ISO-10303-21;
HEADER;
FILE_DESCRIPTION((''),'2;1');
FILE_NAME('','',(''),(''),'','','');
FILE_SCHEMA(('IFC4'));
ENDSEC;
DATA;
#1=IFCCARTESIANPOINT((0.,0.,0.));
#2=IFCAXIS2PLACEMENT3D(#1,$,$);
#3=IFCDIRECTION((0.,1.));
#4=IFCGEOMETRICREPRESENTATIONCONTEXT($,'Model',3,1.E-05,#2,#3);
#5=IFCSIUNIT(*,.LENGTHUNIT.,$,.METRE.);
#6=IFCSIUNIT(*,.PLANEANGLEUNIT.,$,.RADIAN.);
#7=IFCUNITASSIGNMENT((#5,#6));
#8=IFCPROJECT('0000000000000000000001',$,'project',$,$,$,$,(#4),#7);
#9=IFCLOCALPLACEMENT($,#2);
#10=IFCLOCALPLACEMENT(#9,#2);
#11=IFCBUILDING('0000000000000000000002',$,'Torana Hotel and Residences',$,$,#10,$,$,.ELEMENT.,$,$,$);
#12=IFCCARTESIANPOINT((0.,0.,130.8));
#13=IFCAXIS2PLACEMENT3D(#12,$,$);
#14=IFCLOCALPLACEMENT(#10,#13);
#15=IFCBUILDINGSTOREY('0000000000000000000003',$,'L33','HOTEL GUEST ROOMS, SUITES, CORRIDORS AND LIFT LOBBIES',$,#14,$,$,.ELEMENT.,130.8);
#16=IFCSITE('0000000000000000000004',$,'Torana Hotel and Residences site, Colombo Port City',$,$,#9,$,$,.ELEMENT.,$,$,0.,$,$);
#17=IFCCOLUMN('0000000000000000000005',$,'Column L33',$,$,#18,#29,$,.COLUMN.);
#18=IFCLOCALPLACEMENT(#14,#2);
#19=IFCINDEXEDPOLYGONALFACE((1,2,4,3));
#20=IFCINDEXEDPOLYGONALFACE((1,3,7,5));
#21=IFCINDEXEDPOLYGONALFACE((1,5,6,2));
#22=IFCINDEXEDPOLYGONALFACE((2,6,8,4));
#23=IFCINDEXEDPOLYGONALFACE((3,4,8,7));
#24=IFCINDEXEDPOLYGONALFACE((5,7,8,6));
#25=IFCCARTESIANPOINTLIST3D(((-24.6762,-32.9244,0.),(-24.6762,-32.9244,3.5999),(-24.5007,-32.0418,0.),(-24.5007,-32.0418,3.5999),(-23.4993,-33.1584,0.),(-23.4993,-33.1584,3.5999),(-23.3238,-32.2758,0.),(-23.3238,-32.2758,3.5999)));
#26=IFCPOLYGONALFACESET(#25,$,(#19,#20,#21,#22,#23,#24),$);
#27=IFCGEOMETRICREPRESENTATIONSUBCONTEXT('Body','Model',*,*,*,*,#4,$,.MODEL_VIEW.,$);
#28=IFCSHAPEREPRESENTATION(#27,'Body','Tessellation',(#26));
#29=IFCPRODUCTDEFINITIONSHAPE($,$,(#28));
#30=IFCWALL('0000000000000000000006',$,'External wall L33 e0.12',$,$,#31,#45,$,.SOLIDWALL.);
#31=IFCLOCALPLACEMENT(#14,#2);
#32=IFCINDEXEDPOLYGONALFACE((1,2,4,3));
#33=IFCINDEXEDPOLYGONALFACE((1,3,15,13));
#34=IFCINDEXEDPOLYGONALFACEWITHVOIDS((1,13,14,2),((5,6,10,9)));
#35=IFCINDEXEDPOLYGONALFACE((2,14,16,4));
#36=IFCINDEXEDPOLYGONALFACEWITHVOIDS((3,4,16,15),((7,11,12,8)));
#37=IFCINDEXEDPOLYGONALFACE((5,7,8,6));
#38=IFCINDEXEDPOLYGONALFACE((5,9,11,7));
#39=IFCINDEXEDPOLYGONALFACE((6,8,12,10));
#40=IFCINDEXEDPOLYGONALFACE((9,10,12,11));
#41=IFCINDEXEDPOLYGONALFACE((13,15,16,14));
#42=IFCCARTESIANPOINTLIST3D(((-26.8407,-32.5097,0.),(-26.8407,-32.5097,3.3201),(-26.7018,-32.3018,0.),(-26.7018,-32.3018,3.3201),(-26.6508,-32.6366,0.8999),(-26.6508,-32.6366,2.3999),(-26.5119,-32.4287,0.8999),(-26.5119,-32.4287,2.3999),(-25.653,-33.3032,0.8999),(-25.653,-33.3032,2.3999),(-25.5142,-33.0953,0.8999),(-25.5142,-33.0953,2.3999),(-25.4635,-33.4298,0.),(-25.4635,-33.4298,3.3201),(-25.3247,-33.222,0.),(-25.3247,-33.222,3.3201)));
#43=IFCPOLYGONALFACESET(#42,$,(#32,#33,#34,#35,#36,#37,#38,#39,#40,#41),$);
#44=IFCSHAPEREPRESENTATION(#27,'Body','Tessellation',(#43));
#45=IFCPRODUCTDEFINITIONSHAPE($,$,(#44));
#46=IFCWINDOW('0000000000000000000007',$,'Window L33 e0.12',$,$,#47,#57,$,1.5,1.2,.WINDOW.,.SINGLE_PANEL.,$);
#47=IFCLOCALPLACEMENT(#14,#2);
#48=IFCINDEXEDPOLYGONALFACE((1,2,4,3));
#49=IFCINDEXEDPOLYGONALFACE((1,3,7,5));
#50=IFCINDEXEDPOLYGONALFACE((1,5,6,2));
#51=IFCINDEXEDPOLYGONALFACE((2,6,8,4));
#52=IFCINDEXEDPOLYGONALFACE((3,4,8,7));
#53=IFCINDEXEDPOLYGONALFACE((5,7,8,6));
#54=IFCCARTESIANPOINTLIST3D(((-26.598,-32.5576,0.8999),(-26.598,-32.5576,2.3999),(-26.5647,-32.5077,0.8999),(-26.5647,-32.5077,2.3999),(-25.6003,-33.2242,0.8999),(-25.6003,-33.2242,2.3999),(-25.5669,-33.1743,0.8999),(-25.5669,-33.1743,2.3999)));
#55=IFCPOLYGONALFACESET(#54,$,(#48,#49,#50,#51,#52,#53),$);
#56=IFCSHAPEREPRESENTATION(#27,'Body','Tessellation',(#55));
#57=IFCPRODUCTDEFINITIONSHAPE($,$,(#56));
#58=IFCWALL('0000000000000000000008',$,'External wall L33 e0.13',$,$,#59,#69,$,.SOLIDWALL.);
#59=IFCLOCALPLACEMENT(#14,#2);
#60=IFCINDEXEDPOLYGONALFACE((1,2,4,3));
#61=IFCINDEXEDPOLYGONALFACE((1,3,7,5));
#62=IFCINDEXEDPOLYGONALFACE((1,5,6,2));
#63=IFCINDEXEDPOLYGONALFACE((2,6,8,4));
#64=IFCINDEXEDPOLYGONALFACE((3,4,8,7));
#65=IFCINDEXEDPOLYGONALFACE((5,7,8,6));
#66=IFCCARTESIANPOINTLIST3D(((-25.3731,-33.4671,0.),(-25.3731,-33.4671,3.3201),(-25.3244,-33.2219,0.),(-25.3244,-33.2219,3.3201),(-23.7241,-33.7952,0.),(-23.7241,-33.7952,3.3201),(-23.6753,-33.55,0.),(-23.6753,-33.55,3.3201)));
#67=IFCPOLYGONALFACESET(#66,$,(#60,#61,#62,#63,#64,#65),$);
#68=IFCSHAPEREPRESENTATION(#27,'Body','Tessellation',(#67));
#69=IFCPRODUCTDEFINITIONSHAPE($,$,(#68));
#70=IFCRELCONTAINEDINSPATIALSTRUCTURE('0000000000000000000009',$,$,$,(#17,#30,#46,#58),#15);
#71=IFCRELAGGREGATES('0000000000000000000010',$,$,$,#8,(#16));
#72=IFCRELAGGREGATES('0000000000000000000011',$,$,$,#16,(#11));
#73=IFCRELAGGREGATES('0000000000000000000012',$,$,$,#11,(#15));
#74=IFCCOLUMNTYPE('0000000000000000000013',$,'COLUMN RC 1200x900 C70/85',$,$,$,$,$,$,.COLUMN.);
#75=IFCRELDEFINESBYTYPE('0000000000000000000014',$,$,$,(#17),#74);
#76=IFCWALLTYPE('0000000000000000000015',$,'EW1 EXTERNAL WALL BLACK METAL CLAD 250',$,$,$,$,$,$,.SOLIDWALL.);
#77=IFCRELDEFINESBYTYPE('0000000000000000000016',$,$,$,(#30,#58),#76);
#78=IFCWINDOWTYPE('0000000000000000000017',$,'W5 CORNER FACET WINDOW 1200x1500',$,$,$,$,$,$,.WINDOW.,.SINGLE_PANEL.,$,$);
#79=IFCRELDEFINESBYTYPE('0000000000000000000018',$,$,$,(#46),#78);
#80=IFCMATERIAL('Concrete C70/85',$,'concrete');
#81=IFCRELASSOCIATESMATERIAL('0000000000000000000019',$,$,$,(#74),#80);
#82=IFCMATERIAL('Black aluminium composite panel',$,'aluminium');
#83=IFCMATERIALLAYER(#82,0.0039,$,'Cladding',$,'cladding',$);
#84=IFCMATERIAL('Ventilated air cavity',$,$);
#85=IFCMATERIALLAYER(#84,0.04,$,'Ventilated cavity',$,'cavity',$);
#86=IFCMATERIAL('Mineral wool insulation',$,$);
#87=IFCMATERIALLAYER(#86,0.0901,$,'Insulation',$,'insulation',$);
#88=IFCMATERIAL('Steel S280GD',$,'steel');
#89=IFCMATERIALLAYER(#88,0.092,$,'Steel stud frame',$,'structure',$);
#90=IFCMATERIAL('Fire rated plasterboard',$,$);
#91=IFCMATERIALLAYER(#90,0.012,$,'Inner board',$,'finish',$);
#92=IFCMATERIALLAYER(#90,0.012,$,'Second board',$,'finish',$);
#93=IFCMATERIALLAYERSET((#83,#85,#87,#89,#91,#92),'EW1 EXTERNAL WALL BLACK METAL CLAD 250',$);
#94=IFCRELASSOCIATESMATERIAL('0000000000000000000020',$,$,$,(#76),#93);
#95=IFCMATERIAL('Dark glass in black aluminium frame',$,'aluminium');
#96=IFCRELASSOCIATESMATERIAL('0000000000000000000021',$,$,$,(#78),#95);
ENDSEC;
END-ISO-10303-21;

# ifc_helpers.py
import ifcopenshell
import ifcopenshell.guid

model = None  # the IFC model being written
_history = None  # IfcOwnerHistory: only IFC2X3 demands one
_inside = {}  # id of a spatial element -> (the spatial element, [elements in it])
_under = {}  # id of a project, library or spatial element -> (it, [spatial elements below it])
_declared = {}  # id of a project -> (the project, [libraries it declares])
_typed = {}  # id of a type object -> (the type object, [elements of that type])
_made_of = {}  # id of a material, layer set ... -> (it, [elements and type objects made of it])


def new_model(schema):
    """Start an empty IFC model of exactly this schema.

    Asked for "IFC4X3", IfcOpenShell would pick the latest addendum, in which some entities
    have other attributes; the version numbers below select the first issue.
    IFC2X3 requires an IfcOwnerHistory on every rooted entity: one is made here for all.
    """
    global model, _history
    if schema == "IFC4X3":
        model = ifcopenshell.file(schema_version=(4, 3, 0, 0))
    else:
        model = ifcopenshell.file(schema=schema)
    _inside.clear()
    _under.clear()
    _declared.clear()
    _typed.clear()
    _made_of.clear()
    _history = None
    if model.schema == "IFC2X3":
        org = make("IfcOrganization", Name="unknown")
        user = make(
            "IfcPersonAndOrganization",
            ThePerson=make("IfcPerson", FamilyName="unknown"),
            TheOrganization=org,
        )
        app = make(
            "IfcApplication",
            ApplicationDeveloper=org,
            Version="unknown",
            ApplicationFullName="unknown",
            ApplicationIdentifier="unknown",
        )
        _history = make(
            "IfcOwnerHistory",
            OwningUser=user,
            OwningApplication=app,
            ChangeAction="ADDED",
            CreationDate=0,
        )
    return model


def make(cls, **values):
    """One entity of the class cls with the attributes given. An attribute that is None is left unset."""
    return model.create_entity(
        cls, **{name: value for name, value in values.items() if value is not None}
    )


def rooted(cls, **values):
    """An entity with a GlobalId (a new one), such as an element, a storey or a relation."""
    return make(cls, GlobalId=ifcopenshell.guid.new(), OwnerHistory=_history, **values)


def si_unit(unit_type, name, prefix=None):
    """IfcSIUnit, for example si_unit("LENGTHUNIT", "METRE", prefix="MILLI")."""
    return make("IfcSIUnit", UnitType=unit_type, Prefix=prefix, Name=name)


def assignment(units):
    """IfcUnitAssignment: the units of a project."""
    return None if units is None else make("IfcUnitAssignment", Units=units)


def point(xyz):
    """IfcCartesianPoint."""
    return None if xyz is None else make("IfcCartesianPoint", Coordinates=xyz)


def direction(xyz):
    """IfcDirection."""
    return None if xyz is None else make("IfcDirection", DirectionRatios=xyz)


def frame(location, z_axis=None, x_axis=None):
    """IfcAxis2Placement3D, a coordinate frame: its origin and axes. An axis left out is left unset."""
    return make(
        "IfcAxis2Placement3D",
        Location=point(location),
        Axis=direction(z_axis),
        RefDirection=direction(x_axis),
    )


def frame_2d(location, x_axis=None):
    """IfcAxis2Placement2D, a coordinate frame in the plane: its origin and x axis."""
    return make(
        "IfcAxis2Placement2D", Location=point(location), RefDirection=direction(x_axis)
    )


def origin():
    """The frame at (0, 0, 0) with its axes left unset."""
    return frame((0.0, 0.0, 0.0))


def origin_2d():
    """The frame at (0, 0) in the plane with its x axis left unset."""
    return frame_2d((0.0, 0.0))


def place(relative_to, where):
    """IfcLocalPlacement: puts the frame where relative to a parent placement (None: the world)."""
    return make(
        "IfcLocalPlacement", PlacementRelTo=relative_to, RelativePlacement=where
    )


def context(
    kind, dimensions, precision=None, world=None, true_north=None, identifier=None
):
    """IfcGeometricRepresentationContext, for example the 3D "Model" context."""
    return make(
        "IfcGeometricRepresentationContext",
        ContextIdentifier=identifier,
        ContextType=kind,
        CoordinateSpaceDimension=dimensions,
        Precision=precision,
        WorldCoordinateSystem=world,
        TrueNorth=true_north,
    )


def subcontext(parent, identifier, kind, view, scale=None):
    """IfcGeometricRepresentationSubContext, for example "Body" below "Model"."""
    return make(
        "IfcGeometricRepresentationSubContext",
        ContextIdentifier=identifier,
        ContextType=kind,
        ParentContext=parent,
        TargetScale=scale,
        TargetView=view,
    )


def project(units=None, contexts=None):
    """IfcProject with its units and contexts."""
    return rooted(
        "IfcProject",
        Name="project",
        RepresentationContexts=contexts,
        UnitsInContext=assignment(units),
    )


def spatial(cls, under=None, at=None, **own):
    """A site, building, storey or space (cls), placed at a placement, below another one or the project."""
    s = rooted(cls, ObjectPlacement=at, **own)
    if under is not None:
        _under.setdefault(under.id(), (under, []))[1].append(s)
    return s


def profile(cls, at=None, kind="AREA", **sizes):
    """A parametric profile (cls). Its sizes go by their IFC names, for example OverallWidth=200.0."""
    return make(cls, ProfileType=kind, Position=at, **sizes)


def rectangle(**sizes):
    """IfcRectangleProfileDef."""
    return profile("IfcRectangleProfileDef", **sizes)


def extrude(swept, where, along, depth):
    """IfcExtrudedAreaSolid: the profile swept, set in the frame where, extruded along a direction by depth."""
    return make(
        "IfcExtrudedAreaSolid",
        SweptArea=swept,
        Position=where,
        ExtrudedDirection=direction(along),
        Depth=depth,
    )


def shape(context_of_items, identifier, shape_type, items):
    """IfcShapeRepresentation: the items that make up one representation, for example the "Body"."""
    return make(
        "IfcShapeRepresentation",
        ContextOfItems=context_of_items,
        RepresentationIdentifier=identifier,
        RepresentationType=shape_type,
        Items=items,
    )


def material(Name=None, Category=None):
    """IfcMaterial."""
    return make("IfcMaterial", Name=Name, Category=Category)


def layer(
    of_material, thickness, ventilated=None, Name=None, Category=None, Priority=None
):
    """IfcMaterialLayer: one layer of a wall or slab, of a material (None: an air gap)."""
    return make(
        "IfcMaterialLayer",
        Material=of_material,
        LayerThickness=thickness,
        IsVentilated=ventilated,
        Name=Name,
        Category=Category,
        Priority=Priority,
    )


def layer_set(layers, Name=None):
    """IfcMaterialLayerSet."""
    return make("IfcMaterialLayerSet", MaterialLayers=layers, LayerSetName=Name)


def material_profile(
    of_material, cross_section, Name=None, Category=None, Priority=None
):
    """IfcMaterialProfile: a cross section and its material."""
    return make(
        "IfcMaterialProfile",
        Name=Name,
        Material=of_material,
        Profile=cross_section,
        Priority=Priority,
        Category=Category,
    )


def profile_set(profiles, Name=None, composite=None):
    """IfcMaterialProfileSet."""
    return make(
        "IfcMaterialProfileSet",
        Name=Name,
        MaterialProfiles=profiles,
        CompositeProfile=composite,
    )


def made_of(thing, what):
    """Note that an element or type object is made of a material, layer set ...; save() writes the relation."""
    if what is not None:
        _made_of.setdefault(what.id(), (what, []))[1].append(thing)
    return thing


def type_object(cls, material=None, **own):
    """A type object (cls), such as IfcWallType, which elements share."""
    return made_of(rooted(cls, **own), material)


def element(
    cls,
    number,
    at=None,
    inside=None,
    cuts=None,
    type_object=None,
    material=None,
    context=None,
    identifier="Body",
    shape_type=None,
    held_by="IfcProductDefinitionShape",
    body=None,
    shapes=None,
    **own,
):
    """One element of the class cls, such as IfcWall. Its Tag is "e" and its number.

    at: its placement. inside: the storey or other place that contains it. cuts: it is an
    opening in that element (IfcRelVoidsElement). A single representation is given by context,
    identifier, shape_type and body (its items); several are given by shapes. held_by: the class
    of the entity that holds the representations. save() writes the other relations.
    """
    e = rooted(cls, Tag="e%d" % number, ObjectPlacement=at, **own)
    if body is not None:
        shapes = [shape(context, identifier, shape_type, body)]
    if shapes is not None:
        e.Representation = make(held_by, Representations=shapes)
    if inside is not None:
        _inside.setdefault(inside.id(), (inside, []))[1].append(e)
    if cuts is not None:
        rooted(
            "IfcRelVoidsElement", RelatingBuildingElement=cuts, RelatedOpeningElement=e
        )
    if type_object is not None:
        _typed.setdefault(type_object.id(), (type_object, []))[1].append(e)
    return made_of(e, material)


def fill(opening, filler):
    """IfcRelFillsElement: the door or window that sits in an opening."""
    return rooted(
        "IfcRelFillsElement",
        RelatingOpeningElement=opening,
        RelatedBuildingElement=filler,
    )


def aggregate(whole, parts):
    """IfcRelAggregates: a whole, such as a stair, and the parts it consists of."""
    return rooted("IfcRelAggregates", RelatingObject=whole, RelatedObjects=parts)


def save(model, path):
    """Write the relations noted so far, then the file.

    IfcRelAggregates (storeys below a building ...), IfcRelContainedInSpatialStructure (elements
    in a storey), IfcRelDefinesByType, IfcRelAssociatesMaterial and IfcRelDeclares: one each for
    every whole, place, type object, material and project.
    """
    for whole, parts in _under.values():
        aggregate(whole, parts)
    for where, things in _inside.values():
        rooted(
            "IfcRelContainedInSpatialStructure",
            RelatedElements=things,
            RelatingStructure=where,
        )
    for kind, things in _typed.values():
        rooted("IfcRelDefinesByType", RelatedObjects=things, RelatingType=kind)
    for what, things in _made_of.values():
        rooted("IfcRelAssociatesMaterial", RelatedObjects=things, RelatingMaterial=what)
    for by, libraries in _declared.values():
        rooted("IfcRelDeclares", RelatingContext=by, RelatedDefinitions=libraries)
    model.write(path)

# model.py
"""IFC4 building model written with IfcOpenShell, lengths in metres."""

from ifc_helpers import new_model, si_unit, direction, frame, frame_2d, origin, origin_2d, place, context, subcontext, project, spatial, rectangle, extrude, material, layer, layer_set, material_profile, profile_set, type_object, element, fill, save


model = new_model("IFC4")

# Units and contexts
model_context = context("Model", 3, precision=1e-05, world=origin(), true_north=direction((0.0, 1.0)))
body_context = subcontext(model_context, "Body", "Model", "MODEL_VIEW")
ifc_project = project(units=[si_unit("LENGTHUNIT", "METRE"), si_unit("PLANEANGLEUNIT", "RADIAN")], contexts=[model_context])

# Site, building, storey
site_placement = place(None, origin())
site = spatial("IfcSite", under=ifc_project, at=site_placement, Name="Torana Hotel and Residences site, Colombo Port City", CompositionType="ELEMENT", RefElevation=0.0)
building_placement = place(site_placement, origin())
building = spatial("IfcBuilding", under=site, at=building_placement, Name="Torana Hotel and Residences", CompositionType="ELEMENT")
storey_placement = place(building_placement, frame((0.0, 0.0, 130.8)))
storey = spatial("IfcBuildingStorey", under=building, at=storey_placement, Name="L33", Description="HOTEL GUEST ROOMS, SUITES, CORRIDORS AND LIFT LOBBIES", CompositionType="ELEMENT", Elevation=130.8)

# Column
ifc_material_1 = material(Name="Concrete C70/85", Category="concrete")
ifc_material_profile = material_profile(ifc_material_1, rectangle(XDim=1.2, YDim=0.8999, at=origin_2d()), Name="RC 1200x900")
ifc_profile_set = profile_set([ifc_material_profile], Name="Concrete C70/85")
column_type = type_object("IfcColumnType", Name="COLUMN RC 1200x900 C70/85", PredefinedType="COLUMN", material=ifc_profile_set)
column_placement = place(storey_placement, frame((-24.0, -32.6001, 0.0), z_axis=(0.0, 0.0, 1.0), x_axis=(-0.980792, 0.195056, 0.0)))
element("IfcColumn", 1, at=column_placement, inside=storey, type_object=column_type, Name="Column L33", PredefinedType="COLUMN", context=body_context, shape_type="SweptSolid", body=[
    extrude(rectangle(XDim=1.2, YDim=0.8999, at=origin_2d()), origin(), (0.0, 0.0, 1.0), 3.5999),
])

# Wall, opening, window
ifc_material_2 = material(Name="Black aluminium composite panel", Category="aluminium")
ifc_layer_1 = layer(ifc_material_2, 0.0039, Name="Cladding", Category="cladding")
ifc_material_3 = material(Name="Ventilated air cavity")
ifc_layer_2 = layer(ifc_material_3, 0.04, Name="Ventilated cavity", Category="cavity")
ifc_material_4 = material(Name="Mineral wool insulation")
ifc_layer_3 = layer(ifc_material_4, 0.0901, Name="Insulation", Category="insulation")
ifc_material_5 = material(Name="Steel S280GD", Category="steel")
ifc_layer_4 = layer(ifc_material_5, 0.092, Name="Steel stud frame", Category="structure")
ifc_material_6 = material(Name="Fire rated plasterboard")
ifc_layer_5 = layer(ifc_material_6, 0.012, Name="Inner board", Category="finish")
ifc_layer_6 = layer(ifc_material_6, 0.012, Name="Second board", Category="finish")
ifc_layer_set = layer_set([ifc_layer_1, ifc_layer_2, ifc_layer_3, ifc_layer_4, ifc_layer_5, ifc_layer_6], Name="EW1 EXTERNAL WALL BLACK METAL CLAD 250")
wall_type = type_object("IfcWallType", Name="EW1 EXTERNAL WALL BLACK METAL CLAD 250", PredefinedType="SOLIDWALL", material=ifc_layer_set)
wall_1_placement = place(storey_placement, frame((-26.7712, -32.4058, 0.0), z_axis=(0.0, 0.0, 1.0), x_axis=(0.831483, -0.55555, 0.0)))
wall_1 = element("IfcWall", 2, at=wall_1_placement, inside=storey, type_object=wall_type, Name="External wall L33 e0.12", PredefinedType="SOLIDWALL", context=body_context, shape_type="SweptSolid", body=[
    extrude(rectangle(XDim=1.6562, YDim=0.25, at=frame_2d((0.8281, 0.0))), origin(), (0.0, 0.0, 1.0), 3.3201),
])
opening_placement = place(wall_1_placement, frame((0.2283, 0.0, 0.8999)))
opening = element("IfcOpeningElement", 3, at=opening_placement, cuts=wall_1, PredefinedType="OPENING", context=body_context, shape_type="SweptSolid", body=[
    extrude(rectangle(XDim=1.2, YDim=1.5, at=frame_2d((0.6001, 0.75))), frame((0.0, 0.135, 0.0), z_axis=(0.0, -1.0, 0.0), x_axis=(1.0, 0.0, 0.0)), (0.0, 0.0, 1.0), 0.27),
])
ifc_material_7 = material(Name="Dark glass in black aluminium frame", Category="aluminium")
window_type = type_object("IfcWindowType", Name="W5 CORNER FACET WINDOW 1200x1500", PartitioningType="SINGLE_PANEL", PredefinedType="WINDOW", material=ifc_material_7)
window_placement = place(opening_placement, origin())
window = element("IfcWindow", 4, at=window_placement, inside=storey, type_object=window_type, Name="Window L33 e0.12", OverallHeight=1.5, OverallWidth=1.2, PartitioningType="SINGLE_PANEL", PredefinedType="WINDOW", context=body_context, shape_type="SweptSolid", body=[
    extrude(rectangle(XDim=1.2, YDim=1.5, at=frame_2d((0.6001, 0.75))), frame((0.0, 0.03, 0.0), z_axis=(0.0, -1.0, 0.0), x_axis=(1.0, 0.0, 0.0)), (0.0, 0.0, 1.0), 0.0601),
])
fill(opening, window)

# Wall
wall_2_placement = place(storey_placement, frame((-25.3489, -33.3445, 0.0), z_axis=(0.0, 0.0, 1.0), x_axis=(0.980776, -0.195139, 0.0)))
element("IfcWall", 5, at=wall_2_placement, inside=storey, type_object=wall_type, Name="External wall L33 e0.13", PredefinedType="SOLIDWALL", context=body_context, shape_type="SweptSolid", body=[
    extrude(rectangle(XDim=1.6814, YDim=0.25, at=frame_2d((0.8408, 0.0))), origin(), (0.0, 0.0, 1.0), 3.3201),
])

save(model, "model.ifc")
